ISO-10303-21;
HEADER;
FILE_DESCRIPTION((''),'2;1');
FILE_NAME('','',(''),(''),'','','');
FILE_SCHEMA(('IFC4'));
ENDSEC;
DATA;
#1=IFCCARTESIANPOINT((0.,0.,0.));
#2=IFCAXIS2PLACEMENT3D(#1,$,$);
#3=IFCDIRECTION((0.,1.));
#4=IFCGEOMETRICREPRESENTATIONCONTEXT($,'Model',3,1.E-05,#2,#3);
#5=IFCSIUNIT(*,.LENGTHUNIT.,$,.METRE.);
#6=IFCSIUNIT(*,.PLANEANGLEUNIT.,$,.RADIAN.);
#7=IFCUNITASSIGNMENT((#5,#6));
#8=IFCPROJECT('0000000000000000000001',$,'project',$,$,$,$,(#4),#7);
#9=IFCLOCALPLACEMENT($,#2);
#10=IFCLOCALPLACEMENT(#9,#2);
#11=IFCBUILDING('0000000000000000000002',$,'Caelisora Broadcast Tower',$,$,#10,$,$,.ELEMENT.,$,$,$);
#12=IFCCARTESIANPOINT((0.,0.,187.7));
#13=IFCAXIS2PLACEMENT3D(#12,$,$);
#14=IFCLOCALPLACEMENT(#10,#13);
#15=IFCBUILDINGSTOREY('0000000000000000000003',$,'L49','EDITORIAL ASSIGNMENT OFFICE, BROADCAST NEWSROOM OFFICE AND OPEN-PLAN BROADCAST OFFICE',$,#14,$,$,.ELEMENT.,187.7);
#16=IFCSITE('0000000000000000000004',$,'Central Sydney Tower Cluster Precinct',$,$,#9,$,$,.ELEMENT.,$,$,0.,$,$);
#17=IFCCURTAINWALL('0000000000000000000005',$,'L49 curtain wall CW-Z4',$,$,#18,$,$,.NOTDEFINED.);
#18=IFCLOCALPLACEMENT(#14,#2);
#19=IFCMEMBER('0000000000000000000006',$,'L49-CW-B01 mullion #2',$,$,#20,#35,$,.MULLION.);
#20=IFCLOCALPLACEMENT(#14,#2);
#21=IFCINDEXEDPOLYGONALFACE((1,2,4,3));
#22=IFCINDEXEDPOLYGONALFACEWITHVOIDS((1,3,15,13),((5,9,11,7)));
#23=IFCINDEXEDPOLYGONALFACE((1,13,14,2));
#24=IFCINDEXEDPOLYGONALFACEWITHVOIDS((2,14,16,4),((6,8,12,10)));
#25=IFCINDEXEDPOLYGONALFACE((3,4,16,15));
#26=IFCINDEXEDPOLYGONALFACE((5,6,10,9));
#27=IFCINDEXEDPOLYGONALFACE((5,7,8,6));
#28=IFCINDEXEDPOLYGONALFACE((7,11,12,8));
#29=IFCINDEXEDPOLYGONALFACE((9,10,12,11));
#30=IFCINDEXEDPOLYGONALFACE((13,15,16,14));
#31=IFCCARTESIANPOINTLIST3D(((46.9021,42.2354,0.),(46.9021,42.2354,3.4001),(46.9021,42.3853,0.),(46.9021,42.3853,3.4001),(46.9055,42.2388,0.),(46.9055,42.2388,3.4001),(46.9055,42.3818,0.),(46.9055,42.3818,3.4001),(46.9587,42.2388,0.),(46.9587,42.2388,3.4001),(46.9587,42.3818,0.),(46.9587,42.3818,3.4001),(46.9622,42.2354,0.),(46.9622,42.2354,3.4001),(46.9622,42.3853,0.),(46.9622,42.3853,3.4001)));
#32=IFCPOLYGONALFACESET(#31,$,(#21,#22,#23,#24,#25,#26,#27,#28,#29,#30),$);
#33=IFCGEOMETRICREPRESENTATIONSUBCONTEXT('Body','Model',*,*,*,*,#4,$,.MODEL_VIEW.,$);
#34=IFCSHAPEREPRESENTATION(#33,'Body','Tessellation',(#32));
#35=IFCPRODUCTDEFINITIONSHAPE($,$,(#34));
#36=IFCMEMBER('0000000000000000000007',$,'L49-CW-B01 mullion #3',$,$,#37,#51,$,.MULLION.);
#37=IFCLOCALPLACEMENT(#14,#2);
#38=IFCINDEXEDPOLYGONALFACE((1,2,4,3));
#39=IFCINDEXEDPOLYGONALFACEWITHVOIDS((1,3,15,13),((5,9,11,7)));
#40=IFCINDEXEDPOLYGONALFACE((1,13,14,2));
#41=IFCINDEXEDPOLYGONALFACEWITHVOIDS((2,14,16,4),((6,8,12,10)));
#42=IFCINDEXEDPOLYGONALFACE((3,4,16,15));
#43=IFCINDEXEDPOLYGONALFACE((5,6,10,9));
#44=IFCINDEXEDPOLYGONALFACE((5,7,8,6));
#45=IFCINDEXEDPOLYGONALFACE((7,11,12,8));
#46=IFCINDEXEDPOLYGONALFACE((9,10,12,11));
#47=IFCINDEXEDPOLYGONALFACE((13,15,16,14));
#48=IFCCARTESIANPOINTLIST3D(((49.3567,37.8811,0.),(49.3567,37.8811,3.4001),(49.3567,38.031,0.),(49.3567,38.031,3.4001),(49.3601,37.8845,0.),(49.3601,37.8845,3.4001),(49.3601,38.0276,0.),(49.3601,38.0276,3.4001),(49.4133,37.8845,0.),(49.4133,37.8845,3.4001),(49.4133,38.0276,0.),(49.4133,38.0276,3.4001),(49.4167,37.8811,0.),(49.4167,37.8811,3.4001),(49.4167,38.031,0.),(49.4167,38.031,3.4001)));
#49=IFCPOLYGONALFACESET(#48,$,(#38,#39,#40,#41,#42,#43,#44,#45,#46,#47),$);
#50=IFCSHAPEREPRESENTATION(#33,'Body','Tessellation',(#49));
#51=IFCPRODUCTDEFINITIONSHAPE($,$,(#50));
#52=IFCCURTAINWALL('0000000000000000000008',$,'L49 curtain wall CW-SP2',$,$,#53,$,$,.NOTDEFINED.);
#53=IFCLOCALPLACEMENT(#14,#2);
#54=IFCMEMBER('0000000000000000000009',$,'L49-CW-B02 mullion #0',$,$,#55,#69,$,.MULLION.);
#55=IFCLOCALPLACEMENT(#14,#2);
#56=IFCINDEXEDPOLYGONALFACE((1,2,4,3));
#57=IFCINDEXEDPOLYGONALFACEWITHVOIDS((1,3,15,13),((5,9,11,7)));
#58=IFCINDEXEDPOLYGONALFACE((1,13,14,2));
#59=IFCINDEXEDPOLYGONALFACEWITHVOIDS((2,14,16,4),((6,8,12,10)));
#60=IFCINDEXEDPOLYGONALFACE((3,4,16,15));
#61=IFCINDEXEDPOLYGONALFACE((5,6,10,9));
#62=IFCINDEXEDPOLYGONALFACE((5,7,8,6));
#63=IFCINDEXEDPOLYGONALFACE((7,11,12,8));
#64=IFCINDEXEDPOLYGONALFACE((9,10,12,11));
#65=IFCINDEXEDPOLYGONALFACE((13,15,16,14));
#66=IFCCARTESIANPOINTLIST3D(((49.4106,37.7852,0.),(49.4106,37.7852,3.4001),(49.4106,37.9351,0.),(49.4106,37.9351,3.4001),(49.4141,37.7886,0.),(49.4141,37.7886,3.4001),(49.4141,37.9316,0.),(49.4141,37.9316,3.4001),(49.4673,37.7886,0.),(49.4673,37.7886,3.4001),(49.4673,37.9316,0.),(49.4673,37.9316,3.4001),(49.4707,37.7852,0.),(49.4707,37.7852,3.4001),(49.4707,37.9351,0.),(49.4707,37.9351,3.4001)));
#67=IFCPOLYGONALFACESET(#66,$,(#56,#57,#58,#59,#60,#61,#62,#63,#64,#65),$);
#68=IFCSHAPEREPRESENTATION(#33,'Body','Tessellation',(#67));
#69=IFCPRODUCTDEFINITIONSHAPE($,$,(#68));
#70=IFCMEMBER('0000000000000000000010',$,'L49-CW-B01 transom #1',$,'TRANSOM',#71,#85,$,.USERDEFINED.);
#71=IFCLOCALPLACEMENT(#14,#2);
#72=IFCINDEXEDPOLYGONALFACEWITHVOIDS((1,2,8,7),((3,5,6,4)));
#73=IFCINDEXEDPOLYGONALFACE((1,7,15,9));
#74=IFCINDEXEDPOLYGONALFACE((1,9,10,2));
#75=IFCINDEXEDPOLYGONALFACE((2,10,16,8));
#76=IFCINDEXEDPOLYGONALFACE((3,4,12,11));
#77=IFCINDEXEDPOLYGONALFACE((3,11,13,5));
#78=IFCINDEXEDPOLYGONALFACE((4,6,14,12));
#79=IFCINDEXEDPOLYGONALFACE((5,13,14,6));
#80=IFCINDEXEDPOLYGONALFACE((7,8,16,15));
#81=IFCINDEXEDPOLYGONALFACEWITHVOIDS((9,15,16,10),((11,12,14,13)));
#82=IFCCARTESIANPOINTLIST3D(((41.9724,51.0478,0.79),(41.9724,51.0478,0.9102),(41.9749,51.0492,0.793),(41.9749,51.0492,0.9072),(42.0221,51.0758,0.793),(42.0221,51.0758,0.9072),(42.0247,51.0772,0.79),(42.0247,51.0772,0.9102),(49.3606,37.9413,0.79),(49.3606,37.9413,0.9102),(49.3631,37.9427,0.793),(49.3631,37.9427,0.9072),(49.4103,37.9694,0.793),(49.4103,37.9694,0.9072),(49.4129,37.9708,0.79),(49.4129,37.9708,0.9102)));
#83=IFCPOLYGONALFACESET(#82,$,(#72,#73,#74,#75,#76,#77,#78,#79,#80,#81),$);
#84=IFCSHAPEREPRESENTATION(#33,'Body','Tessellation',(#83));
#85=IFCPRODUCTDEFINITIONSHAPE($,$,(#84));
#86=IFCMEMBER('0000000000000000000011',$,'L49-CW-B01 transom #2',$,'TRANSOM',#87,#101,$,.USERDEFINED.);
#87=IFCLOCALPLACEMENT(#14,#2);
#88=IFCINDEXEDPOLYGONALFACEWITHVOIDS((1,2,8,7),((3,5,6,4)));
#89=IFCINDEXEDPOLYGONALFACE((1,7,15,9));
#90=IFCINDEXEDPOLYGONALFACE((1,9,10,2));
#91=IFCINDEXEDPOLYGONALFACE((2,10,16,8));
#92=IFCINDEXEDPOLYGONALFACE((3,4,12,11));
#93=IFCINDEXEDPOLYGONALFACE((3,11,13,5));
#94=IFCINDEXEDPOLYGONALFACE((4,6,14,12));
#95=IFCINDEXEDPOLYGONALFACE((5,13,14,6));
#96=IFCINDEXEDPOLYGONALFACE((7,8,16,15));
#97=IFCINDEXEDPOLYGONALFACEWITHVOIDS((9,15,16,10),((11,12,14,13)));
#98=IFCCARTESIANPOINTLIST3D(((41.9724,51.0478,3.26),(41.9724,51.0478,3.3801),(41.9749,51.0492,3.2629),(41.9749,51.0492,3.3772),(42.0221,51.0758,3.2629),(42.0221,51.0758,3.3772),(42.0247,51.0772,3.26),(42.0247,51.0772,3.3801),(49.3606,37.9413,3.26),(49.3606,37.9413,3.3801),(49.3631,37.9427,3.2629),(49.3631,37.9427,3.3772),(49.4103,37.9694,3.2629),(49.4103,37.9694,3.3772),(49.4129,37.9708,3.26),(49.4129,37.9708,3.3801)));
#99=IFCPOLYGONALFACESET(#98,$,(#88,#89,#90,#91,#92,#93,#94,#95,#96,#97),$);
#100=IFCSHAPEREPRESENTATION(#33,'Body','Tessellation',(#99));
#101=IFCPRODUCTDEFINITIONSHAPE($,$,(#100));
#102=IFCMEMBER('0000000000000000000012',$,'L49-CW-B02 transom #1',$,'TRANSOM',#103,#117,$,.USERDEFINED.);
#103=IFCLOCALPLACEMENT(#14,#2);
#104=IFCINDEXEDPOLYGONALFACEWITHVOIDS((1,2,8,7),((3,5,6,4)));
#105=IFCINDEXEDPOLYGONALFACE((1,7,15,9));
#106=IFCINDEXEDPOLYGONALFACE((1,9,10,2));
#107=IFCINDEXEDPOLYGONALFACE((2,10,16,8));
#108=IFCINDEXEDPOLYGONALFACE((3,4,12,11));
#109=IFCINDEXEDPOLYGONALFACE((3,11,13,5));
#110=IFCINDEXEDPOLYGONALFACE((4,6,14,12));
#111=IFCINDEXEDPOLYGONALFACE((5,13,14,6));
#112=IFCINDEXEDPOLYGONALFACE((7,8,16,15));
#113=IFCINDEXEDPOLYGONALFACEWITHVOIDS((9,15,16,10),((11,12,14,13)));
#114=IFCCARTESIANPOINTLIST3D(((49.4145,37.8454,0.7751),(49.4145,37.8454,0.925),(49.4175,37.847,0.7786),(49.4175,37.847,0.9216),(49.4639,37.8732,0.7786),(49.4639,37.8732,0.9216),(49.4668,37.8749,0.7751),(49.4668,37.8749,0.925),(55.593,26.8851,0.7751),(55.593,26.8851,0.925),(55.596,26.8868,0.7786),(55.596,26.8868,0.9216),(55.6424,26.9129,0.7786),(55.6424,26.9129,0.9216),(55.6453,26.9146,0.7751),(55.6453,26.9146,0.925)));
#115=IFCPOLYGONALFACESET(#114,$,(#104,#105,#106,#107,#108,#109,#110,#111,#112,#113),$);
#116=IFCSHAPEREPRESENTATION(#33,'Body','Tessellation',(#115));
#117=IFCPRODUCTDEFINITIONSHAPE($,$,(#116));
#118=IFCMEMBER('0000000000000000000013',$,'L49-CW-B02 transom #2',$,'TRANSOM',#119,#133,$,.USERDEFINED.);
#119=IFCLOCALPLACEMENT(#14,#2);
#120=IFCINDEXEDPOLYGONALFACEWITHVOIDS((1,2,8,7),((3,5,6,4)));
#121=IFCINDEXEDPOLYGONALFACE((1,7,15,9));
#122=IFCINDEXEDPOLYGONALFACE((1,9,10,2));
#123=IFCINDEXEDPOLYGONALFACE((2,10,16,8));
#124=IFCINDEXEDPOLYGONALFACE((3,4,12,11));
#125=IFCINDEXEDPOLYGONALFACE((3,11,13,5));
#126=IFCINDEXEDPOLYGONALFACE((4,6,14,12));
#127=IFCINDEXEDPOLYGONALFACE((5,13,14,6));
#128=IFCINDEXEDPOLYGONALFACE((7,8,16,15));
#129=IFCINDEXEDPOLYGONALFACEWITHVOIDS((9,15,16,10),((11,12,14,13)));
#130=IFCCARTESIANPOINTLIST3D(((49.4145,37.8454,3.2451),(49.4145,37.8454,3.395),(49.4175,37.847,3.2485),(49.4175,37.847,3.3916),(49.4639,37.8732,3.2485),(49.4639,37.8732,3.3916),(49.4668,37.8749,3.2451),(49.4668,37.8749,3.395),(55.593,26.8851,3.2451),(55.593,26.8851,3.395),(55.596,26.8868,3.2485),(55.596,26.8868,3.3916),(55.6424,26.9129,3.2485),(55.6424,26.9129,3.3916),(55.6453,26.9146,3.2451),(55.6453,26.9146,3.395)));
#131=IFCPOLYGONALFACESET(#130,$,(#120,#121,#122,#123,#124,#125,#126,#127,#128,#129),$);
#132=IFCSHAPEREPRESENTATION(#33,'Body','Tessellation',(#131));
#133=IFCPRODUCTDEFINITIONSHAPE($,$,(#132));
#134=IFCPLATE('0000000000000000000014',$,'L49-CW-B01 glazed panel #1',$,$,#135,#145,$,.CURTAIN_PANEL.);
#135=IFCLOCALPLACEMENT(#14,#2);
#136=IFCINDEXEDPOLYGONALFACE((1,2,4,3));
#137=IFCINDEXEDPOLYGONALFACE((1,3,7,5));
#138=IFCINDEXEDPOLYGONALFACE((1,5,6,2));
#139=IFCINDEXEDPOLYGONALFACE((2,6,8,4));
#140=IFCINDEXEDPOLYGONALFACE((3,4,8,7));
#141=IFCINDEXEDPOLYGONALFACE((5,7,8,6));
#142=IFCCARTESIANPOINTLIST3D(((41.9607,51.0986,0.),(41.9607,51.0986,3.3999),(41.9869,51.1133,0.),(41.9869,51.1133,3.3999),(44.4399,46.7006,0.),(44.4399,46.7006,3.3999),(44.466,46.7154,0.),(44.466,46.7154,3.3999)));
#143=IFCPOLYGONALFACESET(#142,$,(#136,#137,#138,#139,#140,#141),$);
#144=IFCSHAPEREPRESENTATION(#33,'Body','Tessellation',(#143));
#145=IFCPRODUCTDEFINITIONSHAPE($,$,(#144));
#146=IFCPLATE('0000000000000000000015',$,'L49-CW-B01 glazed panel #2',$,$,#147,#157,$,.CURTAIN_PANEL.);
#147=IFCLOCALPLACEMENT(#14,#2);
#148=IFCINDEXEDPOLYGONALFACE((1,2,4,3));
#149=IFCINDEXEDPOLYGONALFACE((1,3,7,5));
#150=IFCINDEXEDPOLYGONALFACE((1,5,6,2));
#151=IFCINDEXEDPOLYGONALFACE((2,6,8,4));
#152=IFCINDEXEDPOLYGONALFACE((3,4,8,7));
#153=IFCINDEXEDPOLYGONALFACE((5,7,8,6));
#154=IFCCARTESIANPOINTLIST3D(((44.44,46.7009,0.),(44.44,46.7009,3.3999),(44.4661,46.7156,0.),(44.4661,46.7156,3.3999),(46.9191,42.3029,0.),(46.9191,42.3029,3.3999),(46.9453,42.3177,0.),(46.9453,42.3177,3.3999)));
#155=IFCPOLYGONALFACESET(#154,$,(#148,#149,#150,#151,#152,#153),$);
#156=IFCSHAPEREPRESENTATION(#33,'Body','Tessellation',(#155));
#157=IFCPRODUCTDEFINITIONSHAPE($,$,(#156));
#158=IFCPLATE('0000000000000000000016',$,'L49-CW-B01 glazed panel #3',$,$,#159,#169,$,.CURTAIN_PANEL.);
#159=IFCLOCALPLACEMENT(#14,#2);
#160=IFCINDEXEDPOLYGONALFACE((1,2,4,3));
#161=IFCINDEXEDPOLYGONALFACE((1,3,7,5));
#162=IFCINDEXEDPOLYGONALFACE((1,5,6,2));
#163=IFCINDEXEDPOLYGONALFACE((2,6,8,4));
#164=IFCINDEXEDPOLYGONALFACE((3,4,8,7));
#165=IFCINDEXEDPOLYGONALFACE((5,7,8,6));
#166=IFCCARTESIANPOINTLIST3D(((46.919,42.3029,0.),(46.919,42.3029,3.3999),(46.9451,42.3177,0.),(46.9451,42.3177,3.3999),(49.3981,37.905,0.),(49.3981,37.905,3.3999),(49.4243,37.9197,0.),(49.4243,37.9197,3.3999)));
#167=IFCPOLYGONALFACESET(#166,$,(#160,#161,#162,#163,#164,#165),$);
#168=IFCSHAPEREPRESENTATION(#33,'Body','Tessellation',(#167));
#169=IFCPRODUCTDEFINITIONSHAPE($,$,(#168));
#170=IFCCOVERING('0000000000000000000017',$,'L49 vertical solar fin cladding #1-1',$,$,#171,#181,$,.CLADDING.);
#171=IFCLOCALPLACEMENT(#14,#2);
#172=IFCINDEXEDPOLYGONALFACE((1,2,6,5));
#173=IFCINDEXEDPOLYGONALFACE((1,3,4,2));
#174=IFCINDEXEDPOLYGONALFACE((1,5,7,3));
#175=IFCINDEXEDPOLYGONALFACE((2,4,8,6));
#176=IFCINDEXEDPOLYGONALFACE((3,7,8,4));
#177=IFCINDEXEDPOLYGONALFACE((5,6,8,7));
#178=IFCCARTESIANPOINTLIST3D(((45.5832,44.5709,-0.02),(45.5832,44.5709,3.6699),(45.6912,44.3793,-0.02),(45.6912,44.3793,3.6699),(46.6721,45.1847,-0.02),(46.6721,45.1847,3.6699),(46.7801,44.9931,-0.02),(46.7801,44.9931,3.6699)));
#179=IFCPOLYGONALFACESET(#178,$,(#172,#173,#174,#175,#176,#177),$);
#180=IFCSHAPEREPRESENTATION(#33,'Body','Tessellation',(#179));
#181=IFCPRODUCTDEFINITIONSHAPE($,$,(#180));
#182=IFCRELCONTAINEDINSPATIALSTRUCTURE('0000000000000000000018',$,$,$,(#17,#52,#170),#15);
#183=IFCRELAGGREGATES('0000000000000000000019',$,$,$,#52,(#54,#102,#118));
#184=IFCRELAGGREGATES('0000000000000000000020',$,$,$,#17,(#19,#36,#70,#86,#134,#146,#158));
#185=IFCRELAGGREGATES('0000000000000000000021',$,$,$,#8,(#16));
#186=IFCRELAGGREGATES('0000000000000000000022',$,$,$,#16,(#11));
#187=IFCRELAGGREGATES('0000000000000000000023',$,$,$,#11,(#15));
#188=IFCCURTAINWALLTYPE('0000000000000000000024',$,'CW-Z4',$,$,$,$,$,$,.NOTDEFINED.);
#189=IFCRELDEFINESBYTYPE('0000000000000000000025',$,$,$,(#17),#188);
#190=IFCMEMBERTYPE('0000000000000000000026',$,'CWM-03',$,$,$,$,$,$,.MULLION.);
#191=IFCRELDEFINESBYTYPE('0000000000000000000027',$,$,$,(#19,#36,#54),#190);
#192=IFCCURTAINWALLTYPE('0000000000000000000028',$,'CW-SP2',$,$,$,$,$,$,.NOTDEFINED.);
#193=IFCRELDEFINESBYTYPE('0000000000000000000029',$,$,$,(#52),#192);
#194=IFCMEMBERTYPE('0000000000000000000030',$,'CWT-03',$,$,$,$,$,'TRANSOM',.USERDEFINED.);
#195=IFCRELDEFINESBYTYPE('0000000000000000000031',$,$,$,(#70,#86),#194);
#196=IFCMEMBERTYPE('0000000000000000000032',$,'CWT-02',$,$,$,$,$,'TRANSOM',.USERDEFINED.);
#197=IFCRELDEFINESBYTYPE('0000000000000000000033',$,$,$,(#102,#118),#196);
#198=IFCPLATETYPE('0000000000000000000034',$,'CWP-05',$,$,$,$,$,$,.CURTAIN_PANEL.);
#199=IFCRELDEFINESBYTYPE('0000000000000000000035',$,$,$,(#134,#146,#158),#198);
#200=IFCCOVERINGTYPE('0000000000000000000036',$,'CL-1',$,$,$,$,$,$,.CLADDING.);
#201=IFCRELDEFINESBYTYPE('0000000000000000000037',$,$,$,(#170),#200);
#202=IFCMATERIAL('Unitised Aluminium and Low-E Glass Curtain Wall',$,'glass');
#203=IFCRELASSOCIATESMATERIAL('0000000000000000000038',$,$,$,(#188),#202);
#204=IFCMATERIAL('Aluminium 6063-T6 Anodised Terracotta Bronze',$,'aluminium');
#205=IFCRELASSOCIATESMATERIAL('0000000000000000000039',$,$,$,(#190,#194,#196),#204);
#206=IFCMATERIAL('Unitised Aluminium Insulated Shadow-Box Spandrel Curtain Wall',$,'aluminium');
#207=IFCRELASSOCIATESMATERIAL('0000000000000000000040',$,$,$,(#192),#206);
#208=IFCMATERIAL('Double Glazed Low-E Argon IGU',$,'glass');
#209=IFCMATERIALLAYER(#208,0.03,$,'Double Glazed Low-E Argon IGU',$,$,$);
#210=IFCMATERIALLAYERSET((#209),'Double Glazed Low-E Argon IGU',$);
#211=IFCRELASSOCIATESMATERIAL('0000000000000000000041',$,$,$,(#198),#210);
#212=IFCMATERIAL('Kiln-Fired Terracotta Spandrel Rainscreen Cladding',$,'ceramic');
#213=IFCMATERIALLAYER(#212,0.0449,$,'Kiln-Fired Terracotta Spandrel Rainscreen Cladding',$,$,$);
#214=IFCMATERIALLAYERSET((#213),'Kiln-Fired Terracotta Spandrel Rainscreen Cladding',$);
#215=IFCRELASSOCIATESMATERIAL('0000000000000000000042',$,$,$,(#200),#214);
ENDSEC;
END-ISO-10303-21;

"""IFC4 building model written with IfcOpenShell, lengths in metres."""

from ifc_helpers import new_model, si_unit, direction, frame, origin, origin_2d, place, context, subcontext, project, spatial, rectangle, hollow_rectangle, extrude, source, transform, mapped, material, layer, layer_set, material_profile, profile_set, type_object, type_shapes, element, aggregate, save


model = new_model("IFC4")

# Units and contexts
model_context = context("Model", 3, precision=1e-05, world=origin(), true_north=direction((0.0, 1.0)))
body_context = subcontext(model_context, "Body", "Model", "MODEL_VIEW")
ifc_project = project(units=[si_unit("LENGTHUNIT", "METRE"), si_unit("PLANEANGLEUNIT", "RADIAN")], contexts=[model_context])

# Site, building, storey
site_placement = place(None, origin())
site = spatial("IfcSite", under=ifc_project, at=site_placement, Name="Central Sydney Tower Cluster Precinct", CompositionType="ELEMENT", RefElevation=0.0)
building_placement = place(site_placement, origin())
building = spatial("IfcBuilding", under=site, at=building_placement, Name="Caelisora Broadcast Tower", CompositionType="ELEMENT")
storey_placement = place(building_placement, frame((0.0, 0.0, 187.7)))
storey = spatial("IfcBuildingStorey", under=building, at=storey_placement, Name="L49", Description="EDITORIAL ASSIGNMENT OFFICE, BROADCAST NEWSROOM OFFICE AND OPEN-PLAN BROADCAST OFFICE", CompositionType="ELEMENT", Elevation=187.7)

# Curtain wall, members
ifc_material_1 = material(Name="Unitised Aluminium and Low-E Glass Curtain Wall", Category="glass")
curtain_wall_type_1 = type_object("IfcCurtainWallType", Name="CW-Z4", PredefinedType="NOTDEFINED", material=ifc_material_1)
curtain_wall_1_placement = place(storey_placement, origin())
curtain_wall_1 = element("IfcCurtainWall", 1, at=curtain_wall_1_placement, inside=storey, type_object=curtain_wall_type_1, Name="L49 curtain wall CW-Z4", PredefinedType="NOTDEFINED")
ifc_material_2 = material(Name="Aluminium 6063-T6 Anodised Terracotta Bronze", Category="aluminium")
ifc_material_profile_1 = material_profile(ifc_material_2, hollow_rectangle(XDim=0.0601, YDim=0.1499, WallThickness=0.0034, at=origin_2d()), Name="Aluminium 6063-T6 Anodised Terracotta Bronze")
ifc_profile_set_1 = profile_set([ifc_material_profile_1], Name="Aluminium 6063-T6 Anodised Terracotta Bronze")
member_type_1 = type_object("IfcMemberType", Name="CWM-03", PredefinedType="MULLION", material=ifc_profile_set_1)
shared_shape_1 = source(origin(), body_context, "Body", "SweptSolid", [
    extrude(hollow_rectangle(XDim=0.0601, YDim=0.1499, WallThickness=0.0034, at=origin_2d()), origin(), (0.0, 0.0, 1.0), 3.4001),
])
type_shapes(member_type_1, [shared_shape_1])
member_1_placement = place(storey_placement, frame((46.9321, 42.3103, 0.0), z_axis=(0.0, 0.0, 1.0), x_axis=(1.0, 0.0, 0.0)))
member_1 = element("IfcMember", 2, at=member_1_placement, type_object=member_type_1, Name="L49-CW-B01 mullion #2", PredefinedType="MULLION", context=body_context, shape_type="MappedRepresentation", body=[
    mapped(shared_shape_1, transform((0.0, 0.0, 0.0), scale=1.0)),
])
member_2_placement = place(storey_placement, frame((49.3867, 37.9561, 0.0), z_axis=(0.0, 0.0, 1.0), x_axis=(1.0, 0.0, 0.0)))
member_2 = element("IfcMember", 3, at=member_2_placement, type_object=member_type_1, Name="L49-CW-B01 mullion #3", PredefinedType="MULLION", context=body_context, shape_type="MappedRepresentation", body=[
    mapped(shared_shape_1, transform((0.0, 0.0, 0.0), scale=1.0)),
])

# Curtain wall, member
ifc_material_3 = material(Name="Unitised Aluminium Insulated Shadow-Box Spandrel Curtain Wall", Category="aluminium")
curtain_wall_type_2 = type_object("IfcCurtainWallType", Name="CW-SP2", PredefinedType="NOTDEFINED", material=ifc_material_3)
curtain_wall_2_placement = place(storey_placement, origin())
curtain_wall_2 = element("IfcCurtainWall", 4, at=curtain_wall_2_placement, inside=storey, type_object=curtain_wall_type_2, Name="L49 curtain wall CW-SP2", PredefinedType="NOTDEFINED")
member_3_placement = place(storey_placement, frame((49.4407, 37.8601, 0.0), z_axis=(0.0, 0.0, 1.0), x_axis=(1.0, 0.0, 0.0)))
member_3 = element("IfcMember", 5, at=member_3_placement, type_object=member_type_1, Name="L49-CW-B02 mullion #0", PredefinedType="MULLION", context=body_context, shape_type="MappedRepresentation", body=[
    mapped(shared_shape_1, transform((0.0, 0.0, 0.0), scale=1.0)),
])

# Members
ifc_material_profile_2 = material_profile(ifc_material_2, hollow_rectangle(XDim=0.0601, YDim=0.1201, WallThickness=0.0029, at=origin_2d()), Name="Aluminium 6063-T6 Anodised Terracotta Bronze")
ifc_profile_set_2 = profile_set([ifc_material_profile_2], Name="Aluminium 6063-T6 Anodised Terracotta Bronze")
member_type_2 = type_object("IfcMemberType", Name="CWT-03", ElementType="TRANSOM", PredefinedType="USERDEFINED", material=ifc_profile_set_2)
shared_shape_2 = source(origin(), body_context, "Body", "SweptSolid", [
    extrude(hollow_rectangle(XDim=0.0601, YDim=0.1201, WallThickness=0.0029, at=origin_2d()), origin(), (0.0, 0.0, 1.0), 15.0454),
])
type_shapes(member_type_2, [shared_shape_2])
member_4_placement = place(storey_placement, frame((41.9985, 51.0625, 0.8501), z_axis=(0.491059, -0.871126, 0.0), x_axis=(0.871126, 0.491059, 0.0)))
member_4 = element("IfcMember", 6, at=member_4_placement, type_object=member_type_2, Name="L49-CW-B01 transom #1", ObjectType="TRANSOM", PredefinedType="USERDEFINED", context=body_context, shape_type="MappedRepresentation", body=[
    mapped(shared_shape_2, transform((0.0, 0.0, 0.0), scale=1.0)),
])
member_5_placement = place(storey_placement, frame((41.9985, 51.0625, 3.3201), z_axis=(0.491059, -0.871126, 0.0), x_axis=(0.871126, 0.491059, 0.0)))
member_5 = element("IfcMember", 7, at=member_5_placement, type_object=member_type_2, Name="L49-CW-B01 transom #2", ObjectType="TRANSOM", PredefinedType="USERDEFINED", context=body_context, shape_type="MappedRepresentation", body=[
    mapped(shared_shape_2, transform((0.0, 0.0, 0.0), scale=1.0)),
])
ifc_material_profile_3 = material_profile(ifc_material_2, hollow_rectangle(XDim=0.0601, YDim=0.1499, WallThickness=0.0034, at=origin_2d()), Name="Aluminium 6063-T6 Anodised Terracotta Bronze")
ifc_profile_set_3 = profile_set([ifc_material_profile_3], Name="Aluminium 6063-T6 Anodised Terracotta Bronze")
member_type_3 = type_object("IfcMemberType", Name="CWT-02", ElementType="TRANSOM", PredefinedType="USERDEFINED", material=ifc_profile_set_3)
shared_shape_3 = source(origin(), body_context, "Body", "SweptSolid", [
    extrude(hollow_rectangle(XDim=0.0601, YDim=0.1499, WallThickness=0.0034, at=origin_2d()), origin(), (0.0, 0.0, 1.0), 12.5818),
])
type_shapes(member_type_3, [shared_shape_3])
member_6_placement = place(storey_placement, frame((49.4407, 37.8601, 0.8501), z_axis=(0.491067, -0.871122, 0.0), x_axis=(0.871122, 0.491067, 0.0)))
member_6 = element("IfcMember", 8, at=member_6_placement, type_object=member_type_3, Name="L49-CW-B02 transom #1", ObjectType="TRANSOM", PredefinedType="USERDEFINED", context=body_context, shape_type="MappedRepresentation", body=[
    mapped(shared_shape_3, transform((0.0, 0.0, 0.0), scale=1.0)),
])
member_7_placement = place(storey_placement, frame((49.4407, 37.8601, 3.3201), z_axis=(0.491067, -0.871122, 0.0), x_axis=(0.871122, 0.491067, 0.0)))
member_7 = element("IfcMember", 9, at=member_7_placement, type_object=member_type_3, Name="L49-CW-B02 transom #2", ObjectType="TRANSOM", PredefinedType="USERDEFINED", context=body_context, shape_type="MappedRepresentation", body=[
    mapped(shared_shape_3, transform((0.0, 0.0, 0.0), scale=1.0)),
])
aggregate(curtain_wall_2, [member_3, member_6, member_7])

# Plates
ifc_material_4 = material(Name="Double Glazed Low-E Argon IGU", Category="glass")
ifc_layer_1 = layer(ifc_material_4, 0.03, Name="Double Glazed Low-E Argon IGU")
ifc_layer_set_1 = layer_set([ifc_layer_1], Name="Double Glazed Low-E Argon IGU")
plate_type = type_object("IfcPlateType", Name="CWP-05", PredefinedType="CURTAIN_PANEL", material=ifc_layer_set_1)
shared_shape_4 = source(origin(), body_context, "Body", "SweptSolid", [
    extrude(rectangle(XDim=5.0486, YDim=0.03, at=origin_2d()), origin(), (0.0, 0.0, 1.0), 3.3999),
])
type_shapes(plate_type, [shared_shape_4])
plate_1_placement = place(storey_placement, frame((43.2134, 48.907, 0.0), z_axis=(0.0, 0.0, 1.0), x_axis=(0.491056, -0.871128, 0.0)))
plate_1 = element("IfcPlate", 10, at=plate_1_placement, type_object=plate_type, Name="L49-CW-B01 glazed panel #1", PredefinedType="CURTAIN_PANEL", context=body_context, shape_type="MappedRepresentation", body=[
    mapped(shared_shape_4, transform((0.0, 0.0, 0.0), scale=1.0)),
])
plate_2_placement = place(storey_placement, frame((45.6926, 44.5093, 0.0), z_axis=(0.0, 0.0, 1.0), x_axis=(0.491056, -0.871128, 0.0)))
plate_2 = element("IfcPlate", 11, at=plate_2_placement, type_object=plate_type, Name="L49-CW-B01 glazed panel #2", PredefinedType="CURTAIN_PANEL", context=body_context, shape_type="MappedRepresentation", body=[
    mapped(shared_shape_4, transform((0.0, 0.0, 0.0), scale=1.0)),
])
plate_3_placement = place(storey_placement, frame((48.1716, 40.1113, 0.0), z_axis=(0.0, 0.0, 1.0), x_axis=(0.491056, -0.871128, 0.0)))
plate_3 = element("IfcPlate", 12, at=plate_3_placement, type_object=plate_type, Name="L49-CW-B01 glazed panel #3", PredefinedType="CURTAIN_PANEL", context=body_context, shape_type="MappedRepresentation", body=[
    mapped(shared_shape_4, transform((0.0, 0.0, 0.0), scale=1.0)),
])
aggregate(curtain_wall_1, [member_1, member_2, member_4, member_5, plate_1, plate_2, plate_3])

# Covering
ifc_material_5 = material(Name="Kiln-Fired Terracotta Spandrel Rainscreen Cladding", Category="ceramic")
ifc_layer_2 = layer(ifc_material_5, 0.0449, Name="Kiln-Fired Terracotta Spandrel Rainscreen Cladding")
ifc_layer_set_2 = layer_set([ifc_layer_2], Name="Kiln-Fired Terracotta Spandrel Rainscreen Cladding")
covering_type = type_object("IfcCoveringType", Name="CL-1", PredefinedType="CLADDING", material=ifc_layer_set_2)
shared_shape_5 = source(origin(), body_context, "Body", "SweptSolid", [
    extrude(rectangle(XDim=0.22, YDim=1.25, at=origin_2d()), origin(), (0.0, 0.0, 1.0), 3.6899),
])
type_shapes(covering_type, [shared_shape_5])
for number, where, z_axis, x_axis, name in (
    (13, (46.1816, 44.782, -0.02), (0.0, 0.0, 1.0), (0.491056, -0.871128, 0.0), "L49 vertical solar fin cladding #1-1"),
):
    element("IfcCovering", number, at=place(storey_placement, frame(where, z_axis=z_axis, x_axis=x_axis)), inside=storey, type_object=covering_type, Name=name, PredefinedType="CLADDING", context=body_context, shape_type="MappedRepresentation", body=[
        mapped(shared_shape_5, transform((0.0, 0.0, 0.0), scale=1.0)),
    ])

save(model, "model.ifc")
